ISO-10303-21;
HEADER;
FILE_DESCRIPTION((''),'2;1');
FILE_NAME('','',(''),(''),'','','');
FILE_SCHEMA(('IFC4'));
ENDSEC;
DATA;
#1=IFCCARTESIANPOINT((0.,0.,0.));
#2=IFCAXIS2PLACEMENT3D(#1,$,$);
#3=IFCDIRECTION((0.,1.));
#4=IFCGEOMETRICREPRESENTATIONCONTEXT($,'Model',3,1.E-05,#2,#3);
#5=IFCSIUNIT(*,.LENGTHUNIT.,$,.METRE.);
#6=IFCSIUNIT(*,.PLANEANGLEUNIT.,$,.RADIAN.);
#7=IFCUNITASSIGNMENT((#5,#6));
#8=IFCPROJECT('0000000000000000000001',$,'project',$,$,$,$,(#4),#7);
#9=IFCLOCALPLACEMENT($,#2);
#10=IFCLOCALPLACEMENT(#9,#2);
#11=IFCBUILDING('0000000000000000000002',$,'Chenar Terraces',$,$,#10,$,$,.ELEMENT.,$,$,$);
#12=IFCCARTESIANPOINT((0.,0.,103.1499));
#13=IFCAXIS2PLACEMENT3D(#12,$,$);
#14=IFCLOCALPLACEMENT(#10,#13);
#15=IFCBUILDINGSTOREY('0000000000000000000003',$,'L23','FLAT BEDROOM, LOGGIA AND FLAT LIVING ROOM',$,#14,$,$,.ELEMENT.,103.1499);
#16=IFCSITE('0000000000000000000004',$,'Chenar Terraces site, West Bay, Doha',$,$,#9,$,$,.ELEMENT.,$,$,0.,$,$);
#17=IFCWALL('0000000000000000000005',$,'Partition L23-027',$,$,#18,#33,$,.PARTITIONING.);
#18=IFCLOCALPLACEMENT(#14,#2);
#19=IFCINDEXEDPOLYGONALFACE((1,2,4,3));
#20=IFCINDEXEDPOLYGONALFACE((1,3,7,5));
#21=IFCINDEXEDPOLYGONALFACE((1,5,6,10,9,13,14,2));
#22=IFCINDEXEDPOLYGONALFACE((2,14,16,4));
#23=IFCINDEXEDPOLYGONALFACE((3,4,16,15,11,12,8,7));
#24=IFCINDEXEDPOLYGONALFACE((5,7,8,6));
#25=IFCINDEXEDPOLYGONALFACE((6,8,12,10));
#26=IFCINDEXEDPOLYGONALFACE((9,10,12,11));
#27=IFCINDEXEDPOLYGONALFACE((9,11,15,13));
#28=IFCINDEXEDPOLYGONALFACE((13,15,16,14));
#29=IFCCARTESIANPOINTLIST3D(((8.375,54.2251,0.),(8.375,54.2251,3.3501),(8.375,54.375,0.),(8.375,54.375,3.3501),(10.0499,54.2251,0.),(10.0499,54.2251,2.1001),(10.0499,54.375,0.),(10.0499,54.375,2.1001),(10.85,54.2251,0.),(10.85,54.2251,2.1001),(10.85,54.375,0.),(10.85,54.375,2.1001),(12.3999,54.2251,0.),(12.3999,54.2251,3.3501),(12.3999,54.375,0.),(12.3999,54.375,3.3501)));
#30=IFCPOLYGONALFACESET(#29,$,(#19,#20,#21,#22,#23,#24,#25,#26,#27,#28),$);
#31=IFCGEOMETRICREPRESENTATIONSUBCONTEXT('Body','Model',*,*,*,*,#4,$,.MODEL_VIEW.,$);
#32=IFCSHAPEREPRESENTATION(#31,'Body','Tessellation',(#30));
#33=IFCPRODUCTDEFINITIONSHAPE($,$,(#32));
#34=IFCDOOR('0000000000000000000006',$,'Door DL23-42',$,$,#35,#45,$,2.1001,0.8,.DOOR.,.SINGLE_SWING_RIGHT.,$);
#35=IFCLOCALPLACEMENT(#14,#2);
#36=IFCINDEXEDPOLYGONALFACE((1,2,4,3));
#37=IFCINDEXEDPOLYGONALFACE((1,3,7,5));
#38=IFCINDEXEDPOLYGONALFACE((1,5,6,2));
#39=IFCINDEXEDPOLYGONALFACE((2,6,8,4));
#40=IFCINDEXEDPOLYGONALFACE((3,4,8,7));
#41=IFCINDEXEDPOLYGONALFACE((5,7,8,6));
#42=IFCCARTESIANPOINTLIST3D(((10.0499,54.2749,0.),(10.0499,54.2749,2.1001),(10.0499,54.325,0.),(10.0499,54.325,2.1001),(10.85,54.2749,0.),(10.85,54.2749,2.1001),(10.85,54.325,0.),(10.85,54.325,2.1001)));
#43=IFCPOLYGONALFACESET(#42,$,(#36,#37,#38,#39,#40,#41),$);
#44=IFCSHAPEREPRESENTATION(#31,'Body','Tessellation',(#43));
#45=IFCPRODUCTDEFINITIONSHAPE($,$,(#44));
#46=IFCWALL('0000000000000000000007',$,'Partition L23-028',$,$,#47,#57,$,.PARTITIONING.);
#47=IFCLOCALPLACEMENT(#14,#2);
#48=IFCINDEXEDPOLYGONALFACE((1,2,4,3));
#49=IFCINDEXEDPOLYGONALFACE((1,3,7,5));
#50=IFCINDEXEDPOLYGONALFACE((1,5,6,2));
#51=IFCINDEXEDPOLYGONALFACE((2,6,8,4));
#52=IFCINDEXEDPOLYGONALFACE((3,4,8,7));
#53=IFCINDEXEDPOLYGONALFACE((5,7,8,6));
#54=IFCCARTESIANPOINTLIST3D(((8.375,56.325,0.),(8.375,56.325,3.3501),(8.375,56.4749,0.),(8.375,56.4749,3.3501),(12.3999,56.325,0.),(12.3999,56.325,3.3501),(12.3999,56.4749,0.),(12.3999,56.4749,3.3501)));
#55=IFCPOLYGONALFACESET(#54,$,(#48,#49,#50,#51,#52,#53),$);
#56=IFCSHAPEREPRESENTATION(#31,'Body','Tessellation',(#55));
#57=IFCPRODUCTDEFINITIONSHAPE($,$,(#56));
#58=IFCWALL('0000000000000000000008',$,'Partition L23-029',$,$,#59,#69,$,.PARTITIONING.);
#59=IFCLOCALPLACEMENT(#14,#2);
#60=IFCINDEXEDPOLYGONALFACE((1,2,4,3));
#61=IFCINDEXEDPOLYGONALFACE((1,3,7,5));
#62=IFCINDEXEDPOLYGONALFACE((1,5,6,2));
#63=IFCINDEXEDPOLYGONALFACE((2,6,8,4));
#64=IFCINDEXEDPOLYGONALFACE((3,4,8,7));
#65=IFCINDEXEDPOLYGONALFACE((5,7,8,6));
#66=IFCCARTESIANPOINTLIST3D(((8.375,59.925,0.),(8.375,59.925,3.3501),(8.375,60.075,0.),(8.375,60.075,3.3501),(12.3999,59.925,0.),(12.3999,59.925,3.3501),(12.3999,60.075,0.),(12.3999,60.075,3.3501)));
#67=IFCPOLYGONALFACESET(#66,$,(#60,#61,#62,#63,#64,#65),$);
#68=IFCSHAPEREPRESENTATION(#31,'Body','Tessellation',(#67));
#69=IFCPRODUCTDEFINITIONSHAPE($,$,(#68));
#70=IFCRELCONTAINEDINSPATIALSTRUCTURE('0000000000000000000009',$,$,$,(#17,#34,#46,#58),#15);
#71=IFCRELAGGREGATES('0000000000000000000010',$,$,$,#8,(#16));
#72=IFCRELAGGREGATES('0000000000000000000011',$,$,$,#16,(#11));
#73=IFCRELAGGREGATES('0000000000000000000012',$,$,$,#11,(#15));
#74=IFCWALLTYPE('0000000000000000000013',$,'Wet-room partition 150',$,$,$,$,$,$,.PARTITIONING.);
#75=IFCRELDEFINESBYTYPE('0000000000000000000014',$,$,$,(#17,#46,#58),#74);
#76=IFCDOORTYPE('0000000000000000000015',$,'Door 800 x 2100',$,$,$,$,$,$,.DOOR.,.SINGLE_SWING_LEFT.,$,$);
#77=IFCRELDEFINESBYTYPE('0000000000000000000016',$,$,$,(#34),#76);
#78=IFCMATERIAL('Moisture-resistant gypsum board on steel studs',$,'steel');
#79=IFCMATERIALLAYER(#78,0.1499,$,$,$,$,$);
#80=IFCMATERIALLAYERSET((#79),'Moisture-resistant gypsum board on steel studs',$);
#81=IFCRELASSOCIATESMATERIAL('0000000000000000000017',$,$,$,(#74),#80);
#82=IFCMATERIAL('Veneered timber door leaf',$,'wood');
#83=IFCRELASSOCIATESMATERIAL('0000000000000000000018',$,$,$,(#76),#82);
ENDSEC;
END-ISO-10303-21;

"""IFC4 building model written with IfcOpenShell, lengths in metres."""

from ifc_helpers import new_model, si_unit, direction, frame, frame_2d, origin, place, context, subcontext, project, spatial, rectangle, extrude, material, layer, layer_set, type_object, element, fill, save


model = new_model("IFC4")

# Units and contexts
model_context = context("Model", 3, precision=1e-05, world=origin(), true_north=direction((0.0, 1.0)))
body_context = subcontext(model_context, "Body", "Model", "MODEL_VIEW")
ifc_project = project(units=[si_unit("LENGTHUNIT", "METRE"), si_unit("PLANEANGLEUNIT", "RADIAN")], contexts=[model_context])

# Site, building, storey
site_placement = place(None, origin())
site = spatial("IfcSite", under=ifc_project, at=site_placement, Name="Chenar Terraces site, West Bay, Doha", CompositionType="ELEMENT", RefElevation=0.0)
building_placement = place(site_placement, origin())
building = spatial("IfcBuilding", under=site, at=building_placement, Name="Chenar Terraces", CompositionType="ELEMENT")
storey_placement = place(building_placement, frame((0.0, 0.0, 103.1499)))
storey = spatial("IfcBuildingStorey", under=building, at=storey_placement, Name="L23", Description="FLAT BEDROOM, LOGGIA AND FLAT LIVING ROOM", CompositionType="ELEMENT", Elevation=103.1499)

# Wall, opening, door
ifc_material_1 = material(Name="Moisture-resistant gypsum board on steel studs", Category="steel")
ifc_layer_1 = layer(ifc_material_1, 0.1499)
ifc_layer_set_1 = layer_set([ifc_layer_1], Name="Moisture-resistant gypsum board on steel studs")
wall_type_1 = type_object("IfcWallType", Name="Wet-room partition 150", PredefinedType="PARTITIONING", material=ifc_layer_set_1)
wall_1_placement = place(storey_placement, frame((8.375, 54.3, 0.0), z_axis=(0.0, 0.0, 1.0), x_axis=(1.0, 0.0, 0.0)))
wall_1 = element("IfcWall", 1, at=wall_1_placement, inside=storey, type_object=wall_type_1, Name="Partition L23-027", PredefinedType="PARTITIONING", context=body_context, shape_type="SweptSolid", body=[
    extrude(rectangle(XDim=4.0249, YDim=0.1499, at=frame_2d((2.0125, 0.0))), origin(), (0.0, 0.0, 1.0), 3.3501),
])
opening_1_placement = place(wall_1_placement, frame((1.675, 0.0, 0.0)))
opening_1 = element("IfcOpeningElement", 2, at=opening_1_placement, cuts=wall_1, PredefinedType="OPENING", context=body_context, shape_type="SweptSolid", body=[
    extrude(rectangle(XDim=0.8, YDim=2.1001, at=frame_2d((0.3999, 1.05))), frame((0.0, 0.085, 0.0), z_axis=(0.0, -1.0, 0.0), x_axis=(1.0, 0.0, 0.0)), (0.0, 0.0, 1.0), 0.1699),
])
ifc_material_2 = material(Name="Veneered timber door leaf", Category="wood")
door_type_1 = type_object("IfcDoorType", Name="Door 800 x 2100", OperationType="SINGLE_SWING_LEFT", PredefinedType="DOOR", material=ifc_material_2)
door_1_placement = place(opening_1_placement, origin())
door_1 = element("IfcDoor", 3, at=door_1_placement, inside=storey, type_object=door_type_1, Name="Door DL23-42", OperationType="SINGLE_SWING_RIGHT", OverallHeight=2.1001, OverallWidth=0.8, PredefinedType="DOOR", context=body_context, shape_type="SweptSolid", body=[
    extrude(rectangle(XDim=0.8, YDim=2.1001, at=frame_2d((0.3999, 1.05))), frame((0.0, 0.0249, 0.0), z_axis=(0.0, -1.0, 0.0), x_axis=(1.0, 0.0, 0.0)), (0.0, 0.0, 1.0), 0.05),
])
fill(opening_1, door_1)

# Walls
for number, where, z_axis, x_axis, name in (
    (4, (8.375, 56.3999, 0.0), (0.0, 0.0, 1.0), (1.0, 0.0, 0.0), "Partition L23-028"),
    (5, (8.375, 60.0, 0.0), (0.0, 0.0, 1.0), (1.0, 0.0, 0.0), "Partition L23-029"),
):
    element("IfcWall", number, at=place(storey_placement, frame(where, z_axis=z_axis, x_axis=x_axis)), inside=storey, type_object=wall_type_1, Name=name, PredefinedType="PARTITIONING", context=body_context, shape_type="SweptSolid", body=[
        extrude(rectangle(XDim=4.0249, YDim=0.1499, at=frame_2d((2.0125, 0.0))), origin(), (0.0, 0.0, 1.0), 3.3501),
    ])

save(model, "model.ifc")
